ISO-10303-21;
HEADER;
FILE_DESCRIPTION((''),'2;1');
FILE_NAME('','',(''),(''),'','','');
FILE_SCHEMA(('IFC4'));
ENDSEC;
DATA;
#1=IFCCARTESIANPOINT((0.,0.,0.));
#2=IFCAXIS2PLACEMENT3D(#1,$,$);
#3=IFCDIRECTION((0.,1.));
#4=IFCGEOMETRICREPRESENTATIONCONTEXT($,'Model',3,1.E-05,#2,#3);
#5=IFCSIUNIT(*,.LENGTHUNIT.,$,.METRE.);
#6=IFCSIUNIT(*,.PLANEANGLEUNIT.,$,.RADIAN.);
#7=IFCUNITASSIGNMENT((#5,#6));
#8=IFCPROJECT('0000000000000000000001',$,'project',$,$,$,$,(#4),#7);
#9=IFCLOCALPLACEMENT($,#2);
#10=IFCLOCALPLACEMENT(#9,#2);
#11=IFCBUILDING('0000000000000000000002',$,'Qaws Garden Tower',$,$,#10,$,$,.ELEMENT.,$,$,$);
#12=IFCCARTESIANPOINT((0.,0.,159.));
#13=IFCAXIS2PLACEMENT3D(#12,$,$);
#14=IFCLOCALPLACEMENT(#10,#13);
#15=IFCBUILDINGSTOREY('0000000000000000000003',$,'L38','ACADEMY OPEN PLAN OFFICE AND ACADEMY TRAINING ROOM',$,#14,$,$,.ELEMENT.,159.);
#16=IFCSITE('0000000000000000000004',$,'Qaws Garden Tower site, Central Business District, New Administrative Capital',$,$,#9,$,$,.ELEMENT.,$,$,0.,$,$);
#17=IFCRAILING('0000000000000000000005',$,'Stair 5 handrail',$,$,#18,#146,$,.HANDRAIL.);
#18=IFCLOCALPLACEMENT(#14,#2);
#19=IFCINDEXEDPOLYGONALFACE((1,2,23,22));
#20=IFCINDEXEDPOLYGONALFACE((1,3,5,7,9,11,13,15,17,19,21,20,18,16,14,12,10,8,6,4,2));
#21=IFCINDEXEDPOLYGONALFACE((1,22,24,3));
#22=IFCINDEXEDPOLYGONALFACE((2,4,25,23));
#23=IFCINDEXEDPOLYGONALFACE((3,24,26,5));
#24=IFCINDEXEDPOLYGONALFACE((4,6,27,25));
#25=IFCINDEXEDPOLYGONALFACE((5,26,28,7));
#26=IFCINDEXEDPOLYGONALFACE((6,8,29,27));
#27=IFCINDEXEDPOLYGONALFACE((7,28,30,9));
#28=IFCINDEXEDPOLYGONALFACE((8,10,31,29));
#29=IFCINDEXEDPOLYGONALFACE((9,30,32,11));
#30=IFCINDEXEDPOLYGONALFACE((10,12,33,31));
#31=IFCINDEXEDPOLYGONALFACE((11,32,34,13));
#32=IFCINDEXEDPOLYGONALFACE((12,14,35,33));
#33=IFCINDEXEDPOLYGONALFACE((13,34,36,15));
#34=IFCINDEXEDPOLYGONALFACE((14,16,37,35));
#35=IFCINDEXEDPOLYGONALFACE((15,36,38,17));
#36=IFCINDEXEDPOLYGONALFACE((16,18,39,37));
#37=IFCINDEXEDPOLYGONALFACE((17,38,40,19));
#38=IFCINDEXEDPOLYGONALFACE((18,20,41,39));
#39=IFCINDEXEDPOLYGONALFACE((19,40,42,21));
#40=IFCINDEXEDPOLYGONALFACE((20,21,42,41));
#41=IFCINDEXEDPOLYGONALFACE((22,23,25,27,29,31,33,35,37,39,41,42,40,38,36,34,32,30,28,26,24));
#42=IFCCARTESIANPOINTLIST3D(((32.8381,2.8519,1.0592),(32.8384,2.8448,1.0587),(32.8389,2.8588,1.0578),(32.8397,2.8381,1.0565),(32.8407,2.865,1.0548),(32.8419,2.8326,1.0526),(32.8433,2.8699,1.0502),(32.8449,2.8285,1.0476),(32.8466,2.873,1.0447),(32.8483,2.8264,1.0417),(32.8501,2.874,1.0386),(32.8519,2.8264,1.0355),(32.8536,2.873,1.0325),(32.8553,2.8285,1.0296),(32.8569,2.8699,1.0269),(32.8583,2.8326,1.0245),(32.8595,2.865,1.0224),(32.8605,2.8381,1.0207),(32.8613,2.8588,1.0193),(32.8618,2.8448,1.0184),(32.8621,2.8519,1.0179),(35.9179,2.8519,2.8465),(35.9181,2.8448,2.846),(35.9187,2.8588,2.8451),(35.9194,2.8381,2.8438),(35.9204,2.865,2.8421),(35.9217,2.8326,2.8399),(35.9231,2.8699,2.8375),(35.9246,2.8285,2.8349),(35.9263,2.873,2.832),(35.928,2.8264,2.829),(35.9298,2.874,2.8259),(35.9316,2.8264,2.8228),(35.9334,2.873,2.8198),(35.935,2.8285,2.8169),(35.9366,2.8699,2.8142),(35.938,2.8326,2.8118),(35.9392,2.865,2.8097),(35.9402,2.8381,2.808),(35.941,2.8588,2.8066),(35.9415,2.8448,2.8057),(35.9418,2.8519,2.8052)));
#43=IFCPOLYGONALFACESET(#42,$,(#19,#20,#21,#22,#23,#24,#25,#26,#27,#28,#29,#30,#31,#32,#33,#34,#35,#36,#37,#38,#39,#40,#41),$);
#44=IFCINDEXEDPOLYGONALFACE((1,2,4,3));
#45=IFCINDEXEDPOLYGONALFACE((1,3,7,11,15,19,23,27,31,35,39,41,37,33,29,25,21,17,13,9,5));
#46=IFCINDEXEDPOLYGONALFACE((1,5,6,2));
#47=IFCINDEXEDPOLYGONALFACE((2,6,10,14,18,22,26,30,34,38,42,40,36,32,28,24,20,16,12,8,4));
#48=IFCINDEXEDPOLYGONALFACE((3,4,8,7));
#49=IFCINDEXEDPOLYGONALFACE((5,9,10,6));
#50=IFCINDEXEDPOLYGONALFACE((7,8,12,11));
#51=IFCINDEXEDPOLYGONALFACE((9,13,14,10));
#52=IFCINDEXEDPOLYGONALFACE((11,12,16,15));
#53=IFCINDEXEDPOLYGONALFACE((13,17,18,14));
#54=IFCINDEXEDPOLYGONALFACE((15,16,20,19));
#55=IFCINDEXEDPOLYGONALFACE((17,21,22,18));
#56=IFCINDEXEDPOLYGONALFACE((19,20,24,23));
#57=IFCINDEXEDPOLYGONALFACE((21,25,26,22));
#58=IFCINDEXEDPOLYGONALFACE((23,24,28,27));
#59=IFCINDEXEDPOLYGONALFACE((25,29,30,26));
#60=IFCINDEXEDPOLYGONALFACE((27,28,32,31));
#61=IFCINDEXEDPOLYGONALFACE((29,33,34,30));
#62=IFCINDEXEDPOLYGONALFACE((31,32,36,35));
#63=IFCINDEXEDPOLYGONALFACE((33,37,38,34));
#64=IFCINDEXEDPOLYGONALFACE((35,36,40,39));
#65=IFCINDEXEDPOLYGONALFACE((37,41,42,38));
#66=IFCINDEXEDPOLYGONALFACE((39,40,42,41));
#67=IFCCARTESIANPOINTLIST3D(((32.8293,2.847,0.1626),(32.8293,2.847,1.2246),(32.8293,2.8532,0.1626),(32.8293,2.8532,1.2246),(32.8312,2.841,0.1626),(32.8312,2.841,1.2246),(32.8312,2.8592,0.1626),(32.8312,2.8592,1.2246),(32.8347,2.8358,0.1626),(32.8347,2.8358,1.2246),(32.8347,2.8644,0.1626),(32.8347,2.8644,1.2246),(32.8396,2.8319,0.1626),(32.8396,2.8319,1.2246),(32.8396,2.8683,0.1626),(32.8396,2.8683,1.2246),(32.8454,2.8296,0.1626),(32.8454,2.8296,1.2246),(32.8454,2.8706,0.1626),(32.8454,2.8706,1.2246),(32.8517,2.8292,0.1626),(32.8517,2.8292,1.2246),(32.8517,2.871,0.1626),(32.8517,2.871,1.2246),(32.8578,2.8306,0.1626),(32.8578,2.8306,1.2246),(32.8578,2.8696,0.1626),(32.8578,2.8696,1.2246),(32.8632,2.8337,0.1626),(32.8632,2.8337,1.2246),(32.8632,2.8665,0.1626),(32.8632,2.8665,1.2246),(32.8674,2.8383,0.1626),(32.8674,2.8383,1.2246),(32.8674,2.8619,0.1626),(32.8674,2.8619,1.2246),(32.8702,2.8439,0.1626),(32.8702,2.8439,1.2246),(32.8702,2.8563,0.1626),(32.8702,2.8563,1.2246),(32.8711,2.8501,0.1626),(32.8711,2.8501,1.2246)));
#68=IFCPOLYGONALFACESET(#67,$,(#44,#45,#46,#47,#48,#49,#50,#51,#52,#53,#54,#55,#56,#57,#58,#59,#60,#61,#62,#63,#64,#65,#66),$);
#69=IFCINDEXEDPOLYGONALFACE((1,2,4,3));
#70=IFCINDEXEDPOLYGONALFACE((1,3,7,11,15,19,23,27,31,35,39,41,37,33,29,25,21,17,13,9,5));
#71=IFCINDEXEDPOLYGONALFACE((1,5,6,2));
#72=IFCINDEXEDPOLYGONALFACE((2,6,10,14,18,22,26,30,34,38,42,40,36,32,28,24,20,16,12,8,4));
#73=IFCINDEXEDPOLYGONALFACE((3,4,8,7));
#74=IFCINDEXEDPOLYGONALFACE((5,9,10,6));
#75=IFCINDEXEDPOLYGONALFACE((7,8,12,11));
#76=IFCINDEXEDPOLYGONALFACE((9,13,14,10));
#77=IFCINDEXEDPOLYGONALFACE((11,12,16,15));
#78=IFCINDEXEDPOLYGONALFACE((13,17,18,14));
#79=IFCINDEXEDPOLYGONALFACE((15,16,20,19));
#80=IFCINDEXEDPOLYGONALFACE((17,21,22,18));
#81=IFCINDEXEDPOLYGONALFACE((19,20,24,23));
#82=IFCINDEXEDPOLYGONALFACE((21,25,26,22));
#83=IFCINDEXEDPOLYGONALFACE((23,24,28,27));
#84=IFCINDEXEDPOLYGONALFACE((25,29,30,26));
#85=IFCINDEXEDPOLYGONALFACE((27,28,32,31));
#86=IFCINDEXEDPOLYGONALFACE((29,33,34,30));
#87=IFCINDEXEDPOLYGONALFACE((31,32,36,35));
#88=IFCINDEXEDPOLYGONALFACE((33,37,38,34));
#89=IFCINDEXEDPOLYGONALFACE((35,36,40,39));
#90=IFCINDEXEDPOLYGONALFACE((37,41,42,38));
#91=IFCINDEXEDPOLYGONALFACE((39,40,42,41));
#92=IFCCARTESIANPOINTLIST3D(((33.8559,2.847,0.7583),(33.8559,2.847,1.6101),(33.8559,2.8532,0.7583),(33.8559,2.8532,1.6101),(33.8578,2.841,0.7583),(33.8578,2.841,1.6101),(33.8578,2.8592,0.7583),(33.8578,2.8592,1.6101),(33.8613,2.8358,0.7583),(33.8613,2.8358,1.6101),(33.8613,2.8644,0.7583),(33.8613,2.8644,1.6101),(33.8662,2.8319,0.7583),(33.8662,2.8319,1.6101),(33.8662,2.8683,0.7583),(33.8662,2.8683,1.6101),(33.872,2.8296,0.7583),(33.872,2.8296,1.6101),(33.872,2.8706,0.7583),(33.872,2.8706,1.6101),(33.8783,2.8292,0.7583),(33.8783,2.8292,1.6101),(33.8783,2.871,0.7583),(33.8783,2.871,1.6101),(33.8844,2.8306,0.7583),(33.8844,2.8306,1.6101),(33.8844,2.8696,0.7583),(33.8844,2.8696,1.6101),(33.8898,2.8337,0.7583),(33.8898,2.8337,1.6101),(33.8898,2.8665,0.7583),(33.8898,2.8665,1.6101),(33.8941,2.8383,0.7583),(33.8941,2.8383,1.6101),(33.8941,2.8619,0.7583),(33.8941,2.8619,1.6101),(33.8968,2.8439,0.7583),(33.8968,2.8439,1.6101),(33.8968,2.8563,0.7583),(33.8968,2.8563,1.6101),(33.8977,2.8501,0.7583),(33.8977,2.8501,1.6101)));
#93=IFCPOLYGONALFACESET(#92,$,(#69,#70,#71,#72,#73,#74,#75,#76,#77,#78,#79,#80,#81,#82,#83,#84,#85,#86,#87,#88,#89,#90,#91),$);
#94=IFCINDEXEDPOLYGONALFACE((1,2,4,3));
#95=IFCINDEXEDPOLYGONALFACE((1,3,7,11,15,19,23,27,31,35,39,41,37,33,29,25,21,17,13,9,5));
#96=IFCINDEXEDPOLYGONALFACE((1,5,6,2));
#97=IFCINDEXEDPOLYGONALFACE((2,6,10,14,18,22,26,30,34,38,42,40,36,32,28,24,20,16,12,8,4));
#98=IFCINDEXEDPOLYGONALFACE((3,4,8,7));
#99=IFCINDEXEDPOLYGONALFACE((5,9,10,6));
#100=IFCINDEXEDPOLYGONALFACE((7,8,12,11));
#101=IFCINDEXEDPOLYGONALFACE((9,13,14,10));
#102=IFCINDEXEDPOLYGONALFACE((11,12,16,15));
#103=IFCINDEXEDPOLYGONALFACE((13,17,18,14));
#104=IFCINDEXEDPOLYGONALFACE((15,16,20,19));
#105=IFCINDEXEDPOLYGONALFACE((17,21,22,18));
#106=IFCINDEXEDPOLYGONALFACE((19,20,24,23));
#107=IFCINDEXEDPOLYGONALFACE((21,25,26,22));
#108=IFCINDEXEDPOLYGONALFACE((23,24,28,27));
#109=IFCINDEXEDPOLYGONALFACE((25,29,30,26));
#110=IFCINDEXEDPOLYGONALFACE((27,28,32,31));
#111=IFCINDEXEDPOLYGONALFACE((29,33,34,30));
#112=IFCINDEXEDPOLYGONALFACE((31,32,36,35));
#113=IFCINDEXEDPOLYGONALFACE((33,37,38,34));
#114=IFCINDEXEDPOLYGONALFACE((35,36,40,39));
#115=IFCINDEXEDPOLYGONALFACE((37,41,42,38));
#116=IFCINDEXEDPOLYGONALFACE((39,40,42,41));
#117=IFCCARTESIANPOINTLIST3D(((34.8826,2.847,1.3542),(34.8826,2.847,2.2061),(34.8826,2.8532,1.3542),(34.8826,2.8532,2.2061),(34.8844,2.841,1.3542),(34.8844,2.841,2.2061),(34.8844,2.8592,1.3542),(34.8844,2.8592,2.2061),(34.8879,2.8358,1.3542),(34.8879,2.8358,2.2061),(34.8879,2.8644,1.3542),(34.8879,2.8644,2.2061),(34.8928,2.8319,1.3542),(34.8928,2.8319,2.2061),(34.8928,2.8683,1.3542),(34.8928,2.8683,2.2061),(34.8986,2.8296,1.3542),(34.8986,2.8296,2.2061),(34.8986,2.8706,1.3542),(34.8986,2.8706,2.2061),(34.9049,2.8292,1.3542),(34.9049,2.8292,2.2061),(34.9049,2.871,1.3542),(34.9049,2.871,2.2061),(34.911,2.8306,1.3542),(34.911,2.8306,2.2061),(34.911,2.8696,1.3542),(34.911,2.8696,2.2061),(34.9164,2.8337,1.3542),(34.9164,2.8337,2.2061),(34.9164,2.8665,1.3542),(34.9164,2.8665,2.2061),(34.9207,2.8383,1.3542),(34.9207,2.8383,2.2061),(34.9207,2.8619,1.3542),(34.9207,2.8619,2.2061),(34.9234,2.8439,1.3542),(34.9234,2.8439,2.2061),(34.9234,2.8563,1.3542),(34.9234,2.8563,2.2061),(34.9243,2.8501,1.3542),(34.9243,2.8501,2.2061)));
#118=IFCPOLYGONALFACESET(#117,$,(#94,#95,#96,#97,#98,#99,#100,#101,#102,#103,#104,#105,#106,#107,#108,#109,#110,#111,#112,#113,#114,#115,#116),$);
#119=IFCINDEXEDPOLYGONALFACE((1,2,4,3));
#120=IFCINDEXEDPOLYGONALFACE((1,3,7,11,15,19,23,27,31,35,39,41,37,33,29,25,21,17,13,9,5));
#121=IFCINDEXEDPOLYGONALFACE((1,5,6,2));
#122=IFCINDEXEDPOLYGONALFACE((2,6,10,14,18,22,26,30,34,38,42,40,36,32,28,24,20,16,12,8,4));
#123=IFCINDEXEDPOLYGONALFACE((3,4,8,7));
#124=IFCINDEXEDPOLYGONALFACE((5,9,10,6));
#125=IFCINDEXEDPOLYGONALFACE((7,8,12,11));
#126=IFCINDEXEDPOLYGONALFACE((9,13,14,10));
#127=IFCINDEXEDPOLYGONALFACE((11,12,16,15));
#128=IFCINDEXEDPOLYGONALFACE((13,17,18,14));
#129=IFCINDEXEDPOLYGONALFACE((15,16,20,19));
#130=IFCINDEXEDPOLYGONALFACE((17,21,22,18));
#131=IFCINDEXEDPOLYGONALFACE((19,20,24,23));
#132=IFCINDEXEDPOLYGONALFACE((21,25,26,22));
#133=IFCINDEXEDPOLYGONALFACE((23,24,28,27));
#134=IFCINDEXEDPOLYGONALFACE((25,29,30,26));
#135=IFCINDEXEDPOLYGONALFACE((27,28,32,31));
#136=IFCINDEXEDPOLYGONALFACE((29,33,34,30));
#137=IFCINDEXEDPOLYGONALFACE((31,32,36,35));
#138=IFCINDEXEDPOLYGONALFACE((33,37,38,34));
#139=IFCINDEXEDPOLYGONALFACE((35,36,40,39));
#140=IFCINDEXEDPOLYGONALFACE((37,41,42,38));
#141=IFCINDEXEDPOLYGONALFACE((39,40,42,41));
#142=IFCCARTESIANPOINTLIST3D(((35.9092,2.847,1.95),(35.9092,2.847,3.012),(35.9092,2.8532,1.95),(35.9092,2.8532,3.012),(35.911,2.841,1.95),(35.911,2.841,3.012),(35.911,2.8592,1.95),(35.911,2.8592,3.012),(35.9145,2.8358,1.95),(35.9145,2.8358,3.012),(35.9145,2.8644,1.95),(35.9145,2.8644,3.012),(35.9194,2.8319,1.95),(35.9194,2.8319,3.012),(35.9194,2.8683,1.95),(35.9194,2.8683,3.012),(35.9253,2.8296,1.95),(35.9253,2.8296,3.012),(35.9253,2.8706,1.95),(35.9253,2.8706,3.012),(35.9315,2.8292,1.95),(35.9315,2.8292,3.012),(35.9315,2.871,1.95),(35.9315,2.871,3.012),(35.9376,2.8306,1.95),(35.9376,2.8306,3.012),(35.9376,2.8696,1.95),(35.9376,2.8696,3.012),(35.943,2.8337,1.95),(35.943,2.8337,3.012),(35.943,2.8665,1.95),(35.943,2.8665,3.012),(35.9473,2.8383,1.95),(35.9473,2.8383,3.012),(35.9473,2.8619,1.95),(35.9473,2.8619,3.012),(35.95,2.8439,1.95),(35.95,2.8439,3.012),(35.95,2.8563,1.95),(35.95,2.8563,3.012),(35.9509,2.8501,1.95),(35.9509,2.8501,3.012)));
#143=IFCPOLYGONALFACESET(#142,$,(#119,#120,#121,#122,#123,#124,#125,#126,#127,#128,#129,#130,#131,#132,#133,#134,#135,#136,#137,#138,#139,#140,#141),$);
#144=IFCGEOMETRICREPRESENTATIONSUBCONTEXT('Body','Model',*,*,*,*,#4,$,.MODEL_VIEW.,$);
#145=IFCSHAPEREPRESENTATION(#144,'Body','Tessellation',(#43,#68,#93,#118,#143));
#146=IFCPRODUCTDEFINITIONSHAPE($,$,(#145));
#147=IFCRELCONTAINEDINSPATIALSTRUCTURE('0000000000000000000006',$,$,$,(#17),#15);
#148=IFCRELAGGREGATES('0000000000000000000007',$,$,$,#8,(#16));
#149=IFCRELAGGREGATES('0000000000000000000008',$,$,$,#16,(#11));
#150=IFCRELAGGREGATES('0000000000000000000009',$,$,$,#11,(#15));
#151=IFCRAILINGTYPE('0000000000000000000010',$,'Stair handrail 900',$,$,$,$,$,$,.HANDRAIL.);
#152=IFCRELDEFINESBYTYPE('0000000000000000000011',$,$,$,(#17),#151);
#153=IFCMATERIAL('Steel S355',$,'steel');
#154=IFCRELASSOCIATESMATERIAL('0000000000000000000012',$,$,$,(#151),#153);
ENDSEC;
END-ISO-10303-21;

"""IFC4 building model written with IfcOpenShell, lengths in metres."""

from ifc_helpers import new_model, si_unit, direction, frame, origin, origin_2d, place, context, subcontext, project, spatial, circle, extrude, material, type_object, element, save


model = new_model("IFC4")

# Units and contexts
model_context = context("Model", 3, precision=1e-05, world=origin(), true_north=direction((0.0, 1.0)))
body_context = subcontext(model_context, "Body", "Model", "MODEL_VIEW")
ifc_project = project(units=[si_unit("LENGTHUNIT", "METRE"), si_unit("PLANEANGLEUNIT", "RADIAN")], contexts=[model_context])

# Site, building, storey
site_placement = place(None, origin())
site = spatial("IfcSite", under=ifc_project, at=site_placement, Name="Qaws Garden Tower site, Central Business District, New Administrative Capital", CompositionType="ELEMENT", RefElevation=0.0)
building_placement = place(site_placement, origin())
building = spatial("IfcBuilding", under=site, at=building_placement, Name="Qaws Garden Tower", CompositionType="ELEMENT")
storey_placement = place(building_placement, frame((0.0, 0.0, 159.0)))
storey = spatial("IfcBuildingStorey", under=building, at=storey_placement, Name="L38", Description="ACADEMY OPEN PLAN OFFICE AND ACADEMY TRAINING ROOM", CompositionType="ELEMENT", Elevation=159.0)

# Railing
ifc_material_1 = material(Name="Steel S355", Category="steel")
railing_type = type_object("IfcRailingType", Name="Stair handrail 900", PredefinedType="HANDRAIL", material=ifc_material_1)
railing_1_placement = place(storey_placement, frame((32.8501, 2.8501, 0.1626)))
element("IfcRailing", 1, at=railing_1_placement, inside=storey, type_object=railing_type, Name="Stair 5 handrail", PredefinedType="HANDRAIL", context=body_context, shape_type="SweptSolid", body=[
    extrude(circle(Radius=0.0239, at=origin_2d()), frame((0.0, 0.0, 0.876), z_axis=(0.864903, 0.0, 0.501939), x_axis=(0.0, 1.0, 0.0)), (0.0, 0.0, 1.0), 3.5608),
    extrude(circle(Radius=0.021, at=origin_2d()), origin(), (0.0, 0.0, 1.0), 1.062),
    extrude(circle(Radius=0.021, at=origin_2d()), frame((1.0266, 0.0, 0.5957)), (0.0, 0.0, 1.0), 0.8518),
    extrude(circle(Radius=0.021, at=origin_2d()), frame((2.0532, 0.0, 1.1917)), (0.0, 0.0, 1.0), 0.8518),
    extrude(circle(Radius=0.021, at=origin_2d()), frame((3.0798, 0.0, 1.7874)), (0.0, 0.0, 1.0), 1.062),
])

save(model, "model.ifc")
